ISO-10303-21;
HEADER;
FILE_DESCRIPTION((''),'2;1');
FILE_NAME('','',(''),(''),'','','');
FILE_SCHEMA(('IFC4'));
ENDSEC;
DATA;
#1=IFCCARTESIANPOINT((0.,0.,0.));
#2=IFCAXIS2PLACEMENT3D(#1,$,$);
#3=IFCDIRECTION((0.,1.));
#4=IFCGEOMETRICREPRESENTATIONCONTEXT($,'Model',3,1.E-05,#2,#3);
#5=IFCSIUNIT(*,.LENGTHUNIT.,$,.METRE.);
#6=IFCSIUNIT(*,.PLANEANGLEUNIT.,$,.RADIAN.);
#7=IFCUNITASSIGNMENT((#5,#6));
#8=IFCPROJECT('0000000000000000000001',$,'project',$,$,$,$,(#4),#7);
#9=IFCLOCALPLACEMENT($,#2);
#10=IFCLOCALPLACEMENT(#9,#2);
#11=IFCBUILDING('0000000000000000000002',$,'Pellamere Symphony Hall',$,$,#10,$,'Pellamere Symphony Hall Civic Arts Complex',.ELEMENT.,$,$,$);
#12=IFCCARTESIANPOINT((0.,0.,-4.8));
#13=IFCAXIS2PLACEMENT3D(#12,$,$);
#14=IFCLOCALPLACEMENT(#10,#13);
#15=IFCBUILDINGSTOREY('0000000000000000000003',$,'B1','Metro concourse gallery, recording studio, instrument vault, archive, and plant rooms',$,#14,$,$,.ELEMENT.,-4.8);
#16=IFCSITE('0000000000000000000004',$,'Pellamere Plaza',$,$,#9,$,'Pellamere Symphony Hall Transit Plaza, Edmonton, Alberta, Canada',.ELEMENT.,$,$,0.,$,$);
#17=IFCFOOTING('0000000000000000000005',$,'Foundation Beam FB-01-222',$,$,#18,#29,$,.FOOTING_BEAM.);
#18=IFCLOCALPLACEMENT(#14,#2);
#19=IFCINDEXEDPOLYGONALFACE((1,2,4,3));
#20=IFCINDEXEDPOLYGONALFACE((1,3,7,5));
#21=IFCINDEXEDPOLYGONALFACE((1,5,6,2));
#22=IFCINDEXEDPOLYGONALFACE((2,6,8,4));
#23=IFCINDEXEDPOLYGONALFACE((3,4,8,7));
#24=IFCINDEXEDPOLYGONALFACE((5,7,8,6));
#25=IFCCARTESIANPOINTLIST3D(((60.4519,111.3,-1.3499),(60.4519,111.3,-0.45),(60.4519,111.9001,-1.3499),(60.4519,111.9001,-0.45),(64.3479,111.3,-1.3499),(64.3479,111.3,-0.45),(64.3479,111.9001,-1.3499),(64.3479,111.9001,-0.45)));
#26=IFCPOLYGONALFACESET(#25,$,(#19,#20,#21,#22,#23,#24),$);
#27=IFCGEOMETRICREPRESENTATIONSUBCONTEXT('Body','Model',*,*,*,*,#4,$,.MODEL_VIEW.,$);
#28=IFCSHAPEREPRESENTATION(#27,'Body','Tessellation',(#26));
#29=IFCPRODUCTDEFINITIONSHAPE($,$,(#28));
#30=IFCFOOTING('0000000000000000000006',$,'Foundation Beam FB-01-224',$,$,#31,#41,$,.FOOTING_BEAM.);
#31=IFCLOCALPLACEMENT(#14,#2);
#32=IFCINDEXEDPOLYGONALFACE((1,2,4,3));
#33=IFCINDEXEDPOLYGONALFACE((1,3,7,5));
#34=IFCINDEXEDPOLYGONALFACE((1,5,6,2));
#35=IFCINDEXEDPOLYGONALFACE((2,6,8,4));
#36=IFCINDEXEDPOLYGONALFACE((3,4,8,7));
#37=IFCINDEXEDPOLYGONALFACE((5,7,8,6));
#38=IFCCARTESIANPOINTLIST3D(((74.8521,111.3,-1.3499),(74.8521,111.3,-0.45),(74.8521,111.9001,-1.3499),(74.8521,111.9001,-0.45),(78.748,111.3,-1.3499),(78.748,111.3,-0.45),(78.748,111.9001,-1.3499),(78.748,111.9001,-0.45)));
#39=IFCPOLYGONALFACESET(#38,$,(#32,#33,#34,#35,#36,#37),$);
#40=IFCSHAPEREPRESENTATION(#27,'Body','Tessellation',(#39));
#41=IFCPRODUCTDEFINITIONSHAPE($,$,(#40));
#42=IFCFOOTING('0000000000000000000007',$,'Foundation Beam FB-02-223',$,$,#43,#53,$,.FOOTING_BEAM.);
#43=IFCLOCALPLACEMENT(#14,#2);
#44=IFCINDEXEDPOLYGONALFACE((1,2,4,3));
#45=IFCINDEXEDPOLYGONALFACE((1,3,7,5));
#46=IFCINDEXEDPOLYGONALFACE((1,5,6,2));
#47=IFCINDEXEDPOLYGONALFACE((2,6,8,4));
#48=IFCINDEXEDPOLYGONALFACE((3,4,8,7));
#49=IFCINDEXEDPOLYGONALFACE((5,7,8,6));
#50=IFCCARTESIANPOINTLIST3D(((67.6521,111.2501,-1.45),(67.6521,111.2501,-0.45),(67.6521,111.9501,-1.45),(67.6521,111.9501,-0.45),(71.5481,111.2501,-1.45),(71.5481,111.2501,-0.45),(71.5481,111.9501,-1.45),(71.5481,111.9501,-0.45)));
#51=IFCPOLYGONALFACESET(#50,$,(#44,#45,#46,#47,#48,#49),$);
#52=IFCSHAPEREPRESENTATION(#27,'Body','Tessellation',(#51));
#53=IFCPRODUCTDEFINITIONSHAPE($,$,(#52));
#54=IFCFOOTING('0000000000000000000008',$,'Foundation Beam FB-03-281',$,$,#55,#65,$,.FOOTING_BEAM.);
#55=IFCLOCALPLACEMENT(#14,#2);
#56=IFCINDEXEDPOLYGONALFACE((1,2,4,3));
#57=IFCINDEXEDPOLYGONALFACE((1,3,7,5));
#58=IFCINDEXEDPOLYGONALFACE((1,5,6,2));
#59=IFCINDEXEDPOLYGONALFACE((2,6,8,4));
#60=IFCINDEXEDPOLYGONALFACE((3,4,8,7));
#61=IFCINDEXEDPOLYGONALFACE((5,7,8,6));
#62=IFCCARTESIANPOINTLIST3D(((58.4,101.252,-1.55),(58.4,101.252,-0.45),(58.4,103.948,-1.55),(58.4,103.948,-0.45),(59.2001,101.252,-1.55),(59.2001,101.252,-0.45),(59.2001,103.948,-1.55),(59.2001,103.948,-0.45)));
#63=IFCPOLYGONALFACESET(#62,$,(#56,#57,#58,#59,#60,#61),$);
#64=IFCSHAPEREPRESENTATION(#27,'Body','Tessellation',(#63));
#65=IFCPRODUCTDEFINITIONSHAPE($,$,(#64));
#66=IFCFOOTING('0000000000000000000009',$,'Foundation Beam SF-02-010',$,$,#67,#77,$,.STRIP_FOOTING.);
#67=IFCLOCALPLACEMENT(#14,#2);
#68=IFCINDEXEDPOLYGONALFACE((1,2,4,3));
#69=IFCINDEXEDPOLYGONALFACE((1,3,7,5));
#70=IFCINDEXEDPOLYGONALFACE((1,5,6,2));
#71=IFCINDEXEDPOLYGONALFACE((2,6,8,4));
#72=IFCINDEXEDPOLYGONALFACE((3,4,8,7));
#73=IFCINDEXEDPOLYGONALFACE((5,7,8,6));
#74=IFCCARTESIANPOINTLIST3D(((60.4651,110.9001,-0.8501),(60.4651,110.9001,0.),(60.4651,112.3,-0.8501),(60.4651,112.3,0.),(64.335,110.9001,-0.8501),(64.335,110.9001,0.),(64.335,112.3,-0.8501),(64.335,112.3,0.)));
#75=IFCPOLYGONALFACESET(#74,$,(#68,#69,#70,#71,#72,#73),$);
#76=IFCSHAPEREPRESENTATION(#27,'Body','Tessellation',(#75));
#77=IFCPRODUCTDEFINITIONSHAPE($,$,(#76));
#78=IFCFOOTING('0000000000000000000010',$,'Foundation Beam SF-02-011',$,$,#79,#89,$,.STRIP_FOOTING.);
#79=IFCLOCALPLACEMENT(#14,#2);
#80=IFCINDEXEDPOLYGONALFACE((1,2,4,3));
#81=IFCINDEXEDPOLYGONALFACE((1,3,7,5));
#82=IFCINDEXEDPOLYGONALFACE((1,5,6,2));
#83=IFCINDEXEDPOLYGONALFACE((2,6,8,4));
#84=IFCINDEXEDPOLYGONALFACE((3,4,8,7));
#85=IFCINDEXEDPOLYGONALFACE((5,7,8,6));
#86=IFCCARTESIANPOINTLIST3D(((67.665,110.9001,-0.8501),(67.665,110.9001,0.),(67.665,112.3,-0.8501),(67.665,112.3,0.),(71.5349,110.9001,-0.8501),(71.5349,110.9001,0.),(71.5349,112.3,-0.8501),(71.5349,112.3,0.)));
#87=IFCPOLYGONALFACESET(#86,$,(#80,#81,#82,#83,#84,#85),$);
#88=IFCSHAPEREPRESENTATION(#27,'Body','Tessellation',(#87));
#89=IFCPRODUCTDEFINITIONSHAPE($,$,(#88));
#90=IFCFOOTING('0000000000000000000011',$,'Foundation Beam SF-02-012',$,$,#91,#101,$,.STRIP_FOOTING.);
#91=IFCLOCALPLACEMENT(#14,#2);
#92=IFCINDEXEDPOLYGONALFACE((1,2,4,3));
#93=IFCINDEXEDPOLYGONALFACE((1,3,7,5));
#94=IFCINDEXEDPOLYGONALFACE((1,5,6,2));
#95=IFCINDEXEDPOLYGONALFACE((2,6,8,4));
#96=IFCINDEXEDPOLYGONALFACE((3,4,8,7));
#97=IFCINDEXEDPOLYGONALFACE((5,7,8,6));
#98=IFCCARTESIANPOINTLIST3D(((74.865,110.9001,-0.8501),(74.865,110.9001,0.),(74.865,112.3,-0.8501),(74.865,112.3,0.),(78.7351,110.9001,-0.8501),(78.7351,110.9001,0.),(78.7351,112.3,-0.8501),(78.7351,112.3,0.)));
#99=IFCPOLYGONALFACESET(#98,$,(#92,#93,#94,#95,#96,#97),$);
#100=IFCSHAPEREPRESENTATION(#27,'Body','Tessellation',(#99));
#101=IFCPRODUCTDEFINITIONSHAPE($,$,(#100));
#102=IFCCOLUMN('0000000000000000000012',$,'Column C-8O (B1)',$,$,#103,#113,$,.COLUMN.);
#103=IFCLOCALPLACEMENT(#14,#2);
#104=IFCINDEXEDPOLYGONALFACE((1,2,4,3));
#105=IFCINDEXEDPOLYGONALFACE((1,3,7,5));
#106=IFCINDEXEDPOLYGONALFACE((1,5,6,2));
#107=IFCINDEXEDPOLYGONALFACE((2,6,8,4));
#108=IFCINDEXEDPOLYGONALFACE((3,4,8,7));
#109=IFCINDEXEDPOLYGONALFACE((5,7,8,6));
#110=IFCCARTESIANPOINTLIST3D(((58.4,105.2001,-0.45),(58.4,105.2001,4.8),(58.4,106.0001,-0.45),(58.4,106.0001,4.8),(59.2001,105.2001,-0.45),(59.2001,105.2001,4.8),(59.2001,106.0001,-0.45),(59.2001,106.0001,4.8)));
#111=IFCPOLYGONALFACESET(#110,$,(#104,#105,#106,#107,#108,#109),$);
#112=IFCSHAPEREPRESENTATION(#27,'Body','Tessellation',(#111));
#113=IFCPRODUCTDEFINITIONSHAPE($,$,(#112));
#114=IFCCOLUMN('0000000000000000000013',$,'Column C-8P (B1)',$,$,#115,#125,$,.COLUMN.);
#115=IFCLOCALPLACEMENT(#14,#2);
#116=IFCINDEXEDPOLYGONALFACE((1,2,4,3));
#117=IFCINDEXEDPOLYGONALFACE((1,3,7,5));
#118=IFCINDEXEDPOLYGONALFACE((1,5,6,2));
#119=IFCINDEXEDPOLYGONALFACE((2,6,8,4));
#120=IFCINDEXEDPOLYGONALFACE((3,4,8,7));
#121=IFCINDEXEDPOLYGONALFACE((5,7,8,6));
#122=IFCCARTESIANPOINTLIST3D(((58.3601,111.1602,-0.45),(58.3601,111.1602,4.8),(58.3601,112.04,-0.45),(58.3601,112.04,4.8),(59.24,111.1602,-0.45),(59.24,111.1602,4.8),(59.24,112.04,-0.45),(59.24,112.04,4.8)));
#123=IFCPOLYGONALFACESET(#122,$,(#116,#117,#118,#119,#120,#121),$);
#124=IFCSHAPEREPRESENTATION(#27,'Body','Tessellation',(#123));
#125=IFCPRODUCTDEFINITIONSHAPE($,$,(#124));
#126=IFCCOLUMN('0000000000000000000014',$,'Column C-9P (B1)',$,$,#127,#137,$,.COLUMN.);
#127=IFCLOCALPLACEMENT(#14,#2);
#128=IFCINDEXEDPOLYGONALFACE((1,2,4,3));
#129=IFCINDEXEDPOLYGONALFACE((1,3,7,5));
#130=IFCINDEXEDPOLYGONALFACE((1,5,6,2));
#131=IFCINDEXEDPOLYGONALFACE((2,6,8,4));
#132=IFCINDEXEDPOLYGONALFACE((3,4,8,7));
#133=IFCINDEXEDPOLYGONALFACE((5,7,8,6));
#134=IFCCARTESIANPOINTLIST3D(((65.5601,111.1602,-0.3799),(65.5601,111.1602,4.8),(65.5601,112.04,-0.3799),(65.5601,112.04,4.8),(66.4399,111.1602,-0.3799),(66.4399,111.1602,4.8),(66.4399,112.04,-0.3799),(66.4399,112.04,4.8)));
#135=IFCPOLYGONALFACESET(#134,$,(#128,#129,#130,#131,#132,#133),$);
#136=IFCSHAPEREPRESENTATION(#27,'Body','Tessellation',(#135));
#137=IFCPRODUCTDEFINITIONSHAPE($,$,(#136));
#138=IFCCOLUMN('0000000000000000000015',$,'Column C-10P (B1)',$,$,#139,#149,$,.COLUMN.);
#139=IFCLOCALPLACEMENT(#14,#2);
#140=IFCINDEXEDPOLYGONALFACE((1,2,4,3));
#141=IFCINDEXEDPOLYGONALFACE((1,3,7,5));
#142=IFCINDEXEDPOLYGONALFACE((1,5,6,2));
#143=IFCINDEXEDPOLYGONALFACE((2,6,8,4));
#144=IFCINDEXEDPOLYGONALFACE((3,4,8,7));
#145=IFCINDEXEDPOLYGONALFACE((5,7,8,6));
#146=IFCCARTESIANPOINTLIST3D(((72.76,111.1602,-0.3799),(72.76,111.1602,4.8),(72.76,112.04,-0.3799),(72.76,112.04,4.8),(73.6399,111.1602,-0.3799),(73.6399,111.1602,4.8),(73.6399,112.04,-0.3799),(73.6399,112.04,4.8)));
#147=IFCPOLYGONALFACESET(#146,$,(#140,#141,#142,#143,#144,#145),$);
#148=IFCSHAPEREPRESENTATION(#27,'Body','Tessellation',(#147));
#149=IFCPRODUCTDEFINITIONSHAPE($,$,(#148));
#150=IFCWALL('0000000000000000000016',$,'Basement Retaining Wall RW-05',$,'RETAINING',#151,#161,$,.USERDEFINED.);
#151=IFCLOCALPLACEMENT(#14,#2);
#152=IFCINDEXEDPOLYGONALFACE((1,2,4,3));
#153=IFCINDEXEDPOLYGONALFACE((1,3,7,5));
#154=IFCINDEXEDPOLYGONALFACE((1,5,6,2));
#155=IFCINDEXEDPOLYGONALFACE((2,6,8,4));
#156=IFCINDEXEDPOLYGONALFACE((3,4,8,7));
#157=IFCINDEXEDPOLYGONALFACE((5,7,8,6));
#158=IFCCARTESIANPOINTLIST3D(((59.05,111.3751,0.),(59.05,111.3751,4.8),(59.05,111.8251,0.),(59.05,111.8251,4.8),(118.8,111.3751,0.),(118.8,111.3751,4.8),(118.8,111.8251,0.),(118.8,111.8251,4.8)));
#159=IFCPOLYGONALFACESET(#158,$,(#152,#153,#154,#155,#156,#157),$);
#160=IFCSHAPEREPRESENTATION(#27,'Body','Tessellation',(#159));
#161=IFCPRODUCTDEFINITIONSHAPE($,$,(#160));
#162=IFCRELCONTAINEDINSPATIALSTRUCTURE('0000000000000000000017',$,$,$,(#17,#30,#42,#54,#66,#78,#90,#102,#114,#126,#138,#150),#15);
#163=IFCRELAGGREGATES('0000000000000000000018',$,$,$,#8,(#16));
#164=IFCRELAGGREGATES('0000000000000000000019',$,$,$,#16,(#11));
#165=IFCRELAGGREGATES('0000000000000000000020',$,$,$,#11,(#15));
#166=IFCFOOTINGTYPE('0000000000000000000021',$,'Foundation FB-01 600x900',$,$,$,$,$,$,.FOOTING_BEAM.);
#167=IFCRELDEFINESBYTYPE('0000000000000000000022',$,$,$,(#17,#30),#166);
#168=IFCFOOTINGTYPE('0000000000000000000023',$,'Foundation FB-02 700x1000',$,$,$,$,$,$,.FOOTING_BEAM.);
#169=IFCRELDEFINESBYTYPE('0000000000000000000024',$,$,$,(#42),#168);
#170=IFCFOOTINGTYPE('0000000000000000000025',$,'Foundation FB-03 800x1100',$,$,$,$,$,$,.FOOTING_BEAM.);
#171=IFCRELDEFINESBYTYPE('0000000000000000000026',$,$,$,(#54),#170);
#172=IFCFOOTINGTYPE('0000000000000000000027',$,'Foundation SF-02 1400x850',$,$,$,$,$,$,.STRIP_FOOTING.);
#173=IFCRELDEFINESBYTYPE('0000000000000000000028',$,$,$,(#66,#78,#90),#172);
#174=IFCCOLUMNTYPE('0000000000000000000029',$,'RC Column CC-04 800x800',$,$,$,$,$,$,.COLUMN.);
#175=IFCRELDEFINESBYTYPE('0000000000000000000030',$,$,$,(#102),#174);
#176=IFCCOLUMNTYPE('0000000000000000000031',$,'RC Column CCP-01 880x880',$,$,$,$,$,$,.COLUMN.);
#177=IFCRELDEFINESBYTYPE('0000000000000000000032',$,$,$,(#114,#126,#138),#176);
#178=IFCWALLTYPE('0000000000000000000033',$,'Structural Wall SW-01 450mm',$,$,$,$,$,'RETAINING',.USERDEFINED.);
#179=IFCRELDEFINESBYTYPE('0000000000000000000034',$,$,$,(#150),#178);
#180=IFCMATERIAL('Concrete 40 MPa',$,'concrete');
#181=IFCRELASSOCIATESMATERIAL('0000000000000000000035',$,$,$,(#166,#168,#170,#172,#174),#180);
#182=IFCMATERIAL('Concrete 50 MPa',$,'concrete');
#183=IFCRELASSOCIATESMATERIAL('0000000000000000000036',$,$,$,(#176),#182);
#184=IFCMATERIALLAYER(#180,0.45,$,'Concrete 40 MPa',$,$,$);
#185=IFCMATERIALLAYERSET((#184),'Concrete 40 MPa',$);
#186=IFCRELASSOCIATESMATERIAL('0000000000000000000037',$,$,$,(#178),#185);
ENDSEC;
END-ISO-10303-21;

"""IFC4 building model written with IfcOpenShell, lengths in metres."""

from ifc_helpers import new_model, si_unit, direction, frame, frame_2d, origin, origin_2d, place, context, subcontext, project, spatial, rectangle, extrude, material, layer, layer_set, material_profile, profile_set, type_object, element, save


model = new_model("IFC4")

# Units and contexts
model_context = context("Model", 3, precision=1e-05, world=origin(), true_north=direction((0.0, 1.0)))
body_context = subcontext(model_context, "Body", "Model", "MODEL_VIEW")
ifc_project = project(units=[si_unit("LENGTHUNIT", "METRE"), si_unit("PLANEANGLEUNIT", "RADIAN")], contexts=[model_context])

# Site, building, storey
site_placement = place(None, origin())
site = spatial("IfcSite", under=ifc_project, at=site_placement, Name="Pellamere Plaza", LongName="Pellamere Symphony Hall Transit Plaza, Edmonton, Alberta, Canada", CompositionType="ELEMENT", RefElevation=0.0)
building_placement = place(site_placement, origin())
building = spatial("IfcBuilding", under=site, at=building_placement, Name="Pellamere Symphony Hall", LongName="Pellamere Symphony Hall Civic Arts Complex", CompositionType="ELEMENT")
storey_placement = place(building_placement, frame((0.0, 0.0, -4.8)))
storey = spatial("IfcBuildingStorey", under=building, at=storey_placement, Name="B1", Description="Metro concourse gallery, recording studio, instrument vault, archive, and plant rooms", CompositionType="ELEMENT", Elevation=-4.8)

# Footings
ifc_material_1 = material(Name="Concrete 40 MPa", Category="concrete")
ifc_material_profile_1 = material_profile(ifc_material_1, rectangle(XDim=0.6001, YDim=0.8999, at=origin_2d()), Name="RC 600x900")
ifc_profile_set_1 = profile_set([ifc_material_profile_1], Name="Concrete 40 MPa")
footing_type_1 = type_object("IfcFootingType", Name="Foundation FB-01 600x900", PredefinedType="FOOTING_BEAM", material=ifc_profile_set_1)
for number, where, z_axis, x_axis, name in (
    (1, (60.4519, 111.6001, -0.8999), (1.0, 0.0, 0.0), (0.0, 1.0, 0.0), "Foundation Beam FB-01-222"),
    (2, (74.8521, 111.6001, -0.8999), (1.0, 0.0, 0.0), (0.0, 1.0, 0.0), "Foundation Beam FB-01-224"),
):
    element("IfcFooting", number, at=place(storey_placement, frame(where, z_axis=z_axis, x_axis=x_axis)), inside=storey, type_object=footing_type_1, Name=name, PredefinedType="FOOTING_BEAM", context=body_context, shape_type="SweptSolid", body=[
        extrude(rectangle(XDim=0.6001, YDim=0.8999, at=origin_2d()), origin(), (0.0, 0.0, 1.0), 3.896),
    ])
ifc_material_profile_2 = material_profile(ifc_material_1, rectangle(XDim=0.7, YDim=1.0, at=origin_2d()), Name="RC 700x1000")
ifc_profile_set_2 = profile_set([ifc_material_profile_2], Name="Concrete 40 MPa")
footing_type_2 = type_object("IfcFootingType", Name="Foundation FB-02 700x1000", PredefinedType="FOOTING_BEAM", material=ifc_profile_set_2)
footing_1_placement = place(storey_placement, frame((67.6521, 111.6001, -0.95), z_axis=(1.0, 0.0, 0.0), x_axis=(0.0, 1.0, 0.0)))
element("IfcFooting", 3, at=footing_1_placement, inside=storey, type_object=footing_type_2, Name="Foundation Beam FB-02-223", PredefinedType="FOOTING_BEAM", context=body_context, shape_type="SweptSolid", body=[
    extrude(rectangle(XDim=0.7, YDim=1.0, at=origin_2d()), origin(), (0.0, 0.0, 1.0), 3.896),
])
ifc_material_profile_3 = material_profile(ifc_material_1, rectangle(XDim=0.8, YDim=1.1001, at=origin_2d()), Name="RC 800x1100")
ifc_profile_set_3 = profile_set([ifc_material_profile_3], Name="Concrete 40 MPa")
footing_type_3 = type_object("IfcFootingType", Name="Foundation FB-03 800x1100", PredefinedType="FOOTING_BEAM", material=ifc_profile_set_3)
footing_2_placement = place(storey_placement, frame((58.8, 101.252, -1.0), z_axis=(0.0, 1.0, 0.0), x_axis=(-1.0, 0.0, 0.0)))
element("IfcFooting", 4, at=footing_2_placement, inside=storey, type_object=footing_type_3, Name="Foundation Beam FB-03-281", PredefinedType="FOOTING_BEAM", context=body_context, shape_type="SweptSolid", body=[
    extrude(rectangle(XDim=0.8, YDim=1.1001, at=origin_2d()), origin(), (0.0, 0.0, 1.0), 2.696),
])
ifc_material_profile_4 = material_profile(ifc_material_1, rectangle(XDim=1.3999, YDim=0.8501, at=origin_2d()), Name="RC 1400x850")
ifc_profile_set_4 = profile_set([ifc_material_profile_4], Name="Concrete 40 MPa")
footing_type_4 = type_object("IfcFootingType", Name="Foundation SF-02 1400x850", PredefinedType="STRIP_FOOTING", material=ifc_profile_set_4)
for number, where, z_axis, x_axis, name in (
    (5, (60.4651, 111.6001, -0.425), (1.0, 0.0, 0.0), (0.0, 1.0, 0.0), "Foundation Beam SF-02-010"),
    (6, (67.665, 111.6001, -0.425), (1.0, 0.0, 0.0), (0.0, 1.0, 0.0), "Foundation Beam SF-02-011"),
):
    element("IfcFooting", number, at=place(storey_placement, frame(where, z_axis=z_axis, x_axis=x_axis)), inside=storey, type_object=footing_type_4, Name=name, PredefinedType="STRIP_FOOTING", context=body_context, shape_type="SweptSolid", body=[
        extrude(rectangle(XDim=1.3999, YDim=0.8501, at=origin_2d()), origin(), (0.0, 0.0, 1.0), 3.8699),
    ])
footing_3_placement = place(storey_placement, frame((74.865, 111.6001, -0.425), z_axis=(1.0, 0.0, 0.0), x_axis=(0.0, 1.0, 0.0)))
element("IfcFooting", 7, at=footing_3_placement, inside=storey, type_object=footing_type_4, Name="Foundation Beam SF-02-012", PredefinedType="STRIP_FOOTING", context=body_context, shape_type="SweptSolid", body=[
    extrude(rectangle(XDim=1.3999, YDim=0.8501, at=origin_2d()), origin(), (0.0, 0.0, 1.0), 3.8701),
])

# Columns
ifc_material_profile_5 = material_profile(ifc_material_1, rectangle(XDim=0.8, YDim=0.8, at=origin_2d()), Name="RC 800x800")
ifc_profile_set_5 = profile_set([ifc_material_profile_5], Name="Concrete 40 MPa")
column_type_1 = type_object("IfcColumnType", Name="RC Column CC-04 800x800", PredefinedType="COLUMN", material=ifc_profile_set_5)
column_1_placement = place(storey_placement, frame((58.8, 105.6001, -0.45), z_axis=(0.0, 0.0, 1.0), x_axis=(1.0, 0.0, 0.0)))
element("IfcColumn", 8, at=column_1_placement, inside=storey, type_object=column_type_1, Name="Column C-8O (B1)", PredefinedType="COLUMN", context=body_context, shape_type="SweptSolid", body=[
    extrude(rectangle(XDim=0.8, YDim=0.8, at=origin_2d()), origin(), (0.0, 0.0, 1.0), 5.25),
])
ifc_material_2 = material(Name="Concrete 50 MPa", Category="concrete")
ifc_material_profile_6 = material_profile(ifc_material_2, rectangle(XDim=0.8799, YDim=0.8799, at=origin_2d()), Name="RC 880x880")
ifc_profile_set_6 = profile_set([ifc_material_profile_6], Name="Concrete 50 MPa")
column_type_2 = type_object("IfcColumnType", Name="RC Column CCP-01 880x880", PredefinedType="COLUMN", material=ifc_profile_set_6)
column_2_placement = place(storey_placement, frame((58.8, 111.6001, -0.45), z_axis=(0.0, 0.0, 1.0), x_axis=(1.0, 0.0, 0.0)))
element("IfcColumn", 9, at=column_2_placement, inside=storey, type_object=column_type_2, Name="Column C-8P (B1)", PredefinedType="COLUMN", context=body_context, shape_type="SweptSolid", body=[
    extrude(rectangle(XDim=0.8799, YDim=0.8799, at=origin_2d()), origin(), (0.0, 0.0, 1.0), 5.25),
])
for number, where, z_axis, x_axis, name in (
    (10, (66.0, 111.6001, -0.3799), (0.0, 0.0, 1.0), (1.0, 0.0, 0.0), "Column C-9P (B1)"),
    (11, (73.2, 111.6001, -0.3799), (0.0, 0.0, 1.0), (1.0, 0.0, 0.0), "Column C-10P (B1)"),
):
    element("IfcColumn", number, at=place(storey_placement, frame(where, z_axis=z_axis, x_axis=x_axis)), inside=storey, type_object=column_type_2, Name=name, PredefinedType="COLUMN", context=body_context, shape_type="SweptSolid", body=[
        extrude(rectangle(XDim=0.8799, YDim=0.8799, at=origin_2d()), origin(), (0.0, 0.0, 1.0), 5.1799),
    ])

# Wall
ifc_layer = layer(ifc_material_1, 0.45, Name="Concrete 40 MPa")
ifc_layer_set = layer_set([ifc_layer], Name="Concrete 40 MPa")
wall_type = type_object("IfcWallType", Name="Structural Wall SW-01 450mm", ElementType="RETAINING", PredefinedType="USERDEFINED", material=ifc_layer_set)
wall_placement = place(storey_placement, frame((59.05, 111.6001, 0.0), z_axis=(0.0, 0.0, 1.0), x_axis=(1.0, 0.0, 0.0)))
element("IfcWall", 12, at=wall_placement, inside=storey, type_object=wall_type, Name="Basement Retaining Wall RW-05", ObjectType="RETAINING", PredefinedType="USERDEFINED", context=body_context, shape_type="SweptSolid", body=[
    extrude(rectangle(XDim=59.75, YDim=0.45, at=frame_2d((29.875, 0.0))), origin(), (0.0, 0.0, 1.0), 4.8),
])

save(model, "model.ifc")
